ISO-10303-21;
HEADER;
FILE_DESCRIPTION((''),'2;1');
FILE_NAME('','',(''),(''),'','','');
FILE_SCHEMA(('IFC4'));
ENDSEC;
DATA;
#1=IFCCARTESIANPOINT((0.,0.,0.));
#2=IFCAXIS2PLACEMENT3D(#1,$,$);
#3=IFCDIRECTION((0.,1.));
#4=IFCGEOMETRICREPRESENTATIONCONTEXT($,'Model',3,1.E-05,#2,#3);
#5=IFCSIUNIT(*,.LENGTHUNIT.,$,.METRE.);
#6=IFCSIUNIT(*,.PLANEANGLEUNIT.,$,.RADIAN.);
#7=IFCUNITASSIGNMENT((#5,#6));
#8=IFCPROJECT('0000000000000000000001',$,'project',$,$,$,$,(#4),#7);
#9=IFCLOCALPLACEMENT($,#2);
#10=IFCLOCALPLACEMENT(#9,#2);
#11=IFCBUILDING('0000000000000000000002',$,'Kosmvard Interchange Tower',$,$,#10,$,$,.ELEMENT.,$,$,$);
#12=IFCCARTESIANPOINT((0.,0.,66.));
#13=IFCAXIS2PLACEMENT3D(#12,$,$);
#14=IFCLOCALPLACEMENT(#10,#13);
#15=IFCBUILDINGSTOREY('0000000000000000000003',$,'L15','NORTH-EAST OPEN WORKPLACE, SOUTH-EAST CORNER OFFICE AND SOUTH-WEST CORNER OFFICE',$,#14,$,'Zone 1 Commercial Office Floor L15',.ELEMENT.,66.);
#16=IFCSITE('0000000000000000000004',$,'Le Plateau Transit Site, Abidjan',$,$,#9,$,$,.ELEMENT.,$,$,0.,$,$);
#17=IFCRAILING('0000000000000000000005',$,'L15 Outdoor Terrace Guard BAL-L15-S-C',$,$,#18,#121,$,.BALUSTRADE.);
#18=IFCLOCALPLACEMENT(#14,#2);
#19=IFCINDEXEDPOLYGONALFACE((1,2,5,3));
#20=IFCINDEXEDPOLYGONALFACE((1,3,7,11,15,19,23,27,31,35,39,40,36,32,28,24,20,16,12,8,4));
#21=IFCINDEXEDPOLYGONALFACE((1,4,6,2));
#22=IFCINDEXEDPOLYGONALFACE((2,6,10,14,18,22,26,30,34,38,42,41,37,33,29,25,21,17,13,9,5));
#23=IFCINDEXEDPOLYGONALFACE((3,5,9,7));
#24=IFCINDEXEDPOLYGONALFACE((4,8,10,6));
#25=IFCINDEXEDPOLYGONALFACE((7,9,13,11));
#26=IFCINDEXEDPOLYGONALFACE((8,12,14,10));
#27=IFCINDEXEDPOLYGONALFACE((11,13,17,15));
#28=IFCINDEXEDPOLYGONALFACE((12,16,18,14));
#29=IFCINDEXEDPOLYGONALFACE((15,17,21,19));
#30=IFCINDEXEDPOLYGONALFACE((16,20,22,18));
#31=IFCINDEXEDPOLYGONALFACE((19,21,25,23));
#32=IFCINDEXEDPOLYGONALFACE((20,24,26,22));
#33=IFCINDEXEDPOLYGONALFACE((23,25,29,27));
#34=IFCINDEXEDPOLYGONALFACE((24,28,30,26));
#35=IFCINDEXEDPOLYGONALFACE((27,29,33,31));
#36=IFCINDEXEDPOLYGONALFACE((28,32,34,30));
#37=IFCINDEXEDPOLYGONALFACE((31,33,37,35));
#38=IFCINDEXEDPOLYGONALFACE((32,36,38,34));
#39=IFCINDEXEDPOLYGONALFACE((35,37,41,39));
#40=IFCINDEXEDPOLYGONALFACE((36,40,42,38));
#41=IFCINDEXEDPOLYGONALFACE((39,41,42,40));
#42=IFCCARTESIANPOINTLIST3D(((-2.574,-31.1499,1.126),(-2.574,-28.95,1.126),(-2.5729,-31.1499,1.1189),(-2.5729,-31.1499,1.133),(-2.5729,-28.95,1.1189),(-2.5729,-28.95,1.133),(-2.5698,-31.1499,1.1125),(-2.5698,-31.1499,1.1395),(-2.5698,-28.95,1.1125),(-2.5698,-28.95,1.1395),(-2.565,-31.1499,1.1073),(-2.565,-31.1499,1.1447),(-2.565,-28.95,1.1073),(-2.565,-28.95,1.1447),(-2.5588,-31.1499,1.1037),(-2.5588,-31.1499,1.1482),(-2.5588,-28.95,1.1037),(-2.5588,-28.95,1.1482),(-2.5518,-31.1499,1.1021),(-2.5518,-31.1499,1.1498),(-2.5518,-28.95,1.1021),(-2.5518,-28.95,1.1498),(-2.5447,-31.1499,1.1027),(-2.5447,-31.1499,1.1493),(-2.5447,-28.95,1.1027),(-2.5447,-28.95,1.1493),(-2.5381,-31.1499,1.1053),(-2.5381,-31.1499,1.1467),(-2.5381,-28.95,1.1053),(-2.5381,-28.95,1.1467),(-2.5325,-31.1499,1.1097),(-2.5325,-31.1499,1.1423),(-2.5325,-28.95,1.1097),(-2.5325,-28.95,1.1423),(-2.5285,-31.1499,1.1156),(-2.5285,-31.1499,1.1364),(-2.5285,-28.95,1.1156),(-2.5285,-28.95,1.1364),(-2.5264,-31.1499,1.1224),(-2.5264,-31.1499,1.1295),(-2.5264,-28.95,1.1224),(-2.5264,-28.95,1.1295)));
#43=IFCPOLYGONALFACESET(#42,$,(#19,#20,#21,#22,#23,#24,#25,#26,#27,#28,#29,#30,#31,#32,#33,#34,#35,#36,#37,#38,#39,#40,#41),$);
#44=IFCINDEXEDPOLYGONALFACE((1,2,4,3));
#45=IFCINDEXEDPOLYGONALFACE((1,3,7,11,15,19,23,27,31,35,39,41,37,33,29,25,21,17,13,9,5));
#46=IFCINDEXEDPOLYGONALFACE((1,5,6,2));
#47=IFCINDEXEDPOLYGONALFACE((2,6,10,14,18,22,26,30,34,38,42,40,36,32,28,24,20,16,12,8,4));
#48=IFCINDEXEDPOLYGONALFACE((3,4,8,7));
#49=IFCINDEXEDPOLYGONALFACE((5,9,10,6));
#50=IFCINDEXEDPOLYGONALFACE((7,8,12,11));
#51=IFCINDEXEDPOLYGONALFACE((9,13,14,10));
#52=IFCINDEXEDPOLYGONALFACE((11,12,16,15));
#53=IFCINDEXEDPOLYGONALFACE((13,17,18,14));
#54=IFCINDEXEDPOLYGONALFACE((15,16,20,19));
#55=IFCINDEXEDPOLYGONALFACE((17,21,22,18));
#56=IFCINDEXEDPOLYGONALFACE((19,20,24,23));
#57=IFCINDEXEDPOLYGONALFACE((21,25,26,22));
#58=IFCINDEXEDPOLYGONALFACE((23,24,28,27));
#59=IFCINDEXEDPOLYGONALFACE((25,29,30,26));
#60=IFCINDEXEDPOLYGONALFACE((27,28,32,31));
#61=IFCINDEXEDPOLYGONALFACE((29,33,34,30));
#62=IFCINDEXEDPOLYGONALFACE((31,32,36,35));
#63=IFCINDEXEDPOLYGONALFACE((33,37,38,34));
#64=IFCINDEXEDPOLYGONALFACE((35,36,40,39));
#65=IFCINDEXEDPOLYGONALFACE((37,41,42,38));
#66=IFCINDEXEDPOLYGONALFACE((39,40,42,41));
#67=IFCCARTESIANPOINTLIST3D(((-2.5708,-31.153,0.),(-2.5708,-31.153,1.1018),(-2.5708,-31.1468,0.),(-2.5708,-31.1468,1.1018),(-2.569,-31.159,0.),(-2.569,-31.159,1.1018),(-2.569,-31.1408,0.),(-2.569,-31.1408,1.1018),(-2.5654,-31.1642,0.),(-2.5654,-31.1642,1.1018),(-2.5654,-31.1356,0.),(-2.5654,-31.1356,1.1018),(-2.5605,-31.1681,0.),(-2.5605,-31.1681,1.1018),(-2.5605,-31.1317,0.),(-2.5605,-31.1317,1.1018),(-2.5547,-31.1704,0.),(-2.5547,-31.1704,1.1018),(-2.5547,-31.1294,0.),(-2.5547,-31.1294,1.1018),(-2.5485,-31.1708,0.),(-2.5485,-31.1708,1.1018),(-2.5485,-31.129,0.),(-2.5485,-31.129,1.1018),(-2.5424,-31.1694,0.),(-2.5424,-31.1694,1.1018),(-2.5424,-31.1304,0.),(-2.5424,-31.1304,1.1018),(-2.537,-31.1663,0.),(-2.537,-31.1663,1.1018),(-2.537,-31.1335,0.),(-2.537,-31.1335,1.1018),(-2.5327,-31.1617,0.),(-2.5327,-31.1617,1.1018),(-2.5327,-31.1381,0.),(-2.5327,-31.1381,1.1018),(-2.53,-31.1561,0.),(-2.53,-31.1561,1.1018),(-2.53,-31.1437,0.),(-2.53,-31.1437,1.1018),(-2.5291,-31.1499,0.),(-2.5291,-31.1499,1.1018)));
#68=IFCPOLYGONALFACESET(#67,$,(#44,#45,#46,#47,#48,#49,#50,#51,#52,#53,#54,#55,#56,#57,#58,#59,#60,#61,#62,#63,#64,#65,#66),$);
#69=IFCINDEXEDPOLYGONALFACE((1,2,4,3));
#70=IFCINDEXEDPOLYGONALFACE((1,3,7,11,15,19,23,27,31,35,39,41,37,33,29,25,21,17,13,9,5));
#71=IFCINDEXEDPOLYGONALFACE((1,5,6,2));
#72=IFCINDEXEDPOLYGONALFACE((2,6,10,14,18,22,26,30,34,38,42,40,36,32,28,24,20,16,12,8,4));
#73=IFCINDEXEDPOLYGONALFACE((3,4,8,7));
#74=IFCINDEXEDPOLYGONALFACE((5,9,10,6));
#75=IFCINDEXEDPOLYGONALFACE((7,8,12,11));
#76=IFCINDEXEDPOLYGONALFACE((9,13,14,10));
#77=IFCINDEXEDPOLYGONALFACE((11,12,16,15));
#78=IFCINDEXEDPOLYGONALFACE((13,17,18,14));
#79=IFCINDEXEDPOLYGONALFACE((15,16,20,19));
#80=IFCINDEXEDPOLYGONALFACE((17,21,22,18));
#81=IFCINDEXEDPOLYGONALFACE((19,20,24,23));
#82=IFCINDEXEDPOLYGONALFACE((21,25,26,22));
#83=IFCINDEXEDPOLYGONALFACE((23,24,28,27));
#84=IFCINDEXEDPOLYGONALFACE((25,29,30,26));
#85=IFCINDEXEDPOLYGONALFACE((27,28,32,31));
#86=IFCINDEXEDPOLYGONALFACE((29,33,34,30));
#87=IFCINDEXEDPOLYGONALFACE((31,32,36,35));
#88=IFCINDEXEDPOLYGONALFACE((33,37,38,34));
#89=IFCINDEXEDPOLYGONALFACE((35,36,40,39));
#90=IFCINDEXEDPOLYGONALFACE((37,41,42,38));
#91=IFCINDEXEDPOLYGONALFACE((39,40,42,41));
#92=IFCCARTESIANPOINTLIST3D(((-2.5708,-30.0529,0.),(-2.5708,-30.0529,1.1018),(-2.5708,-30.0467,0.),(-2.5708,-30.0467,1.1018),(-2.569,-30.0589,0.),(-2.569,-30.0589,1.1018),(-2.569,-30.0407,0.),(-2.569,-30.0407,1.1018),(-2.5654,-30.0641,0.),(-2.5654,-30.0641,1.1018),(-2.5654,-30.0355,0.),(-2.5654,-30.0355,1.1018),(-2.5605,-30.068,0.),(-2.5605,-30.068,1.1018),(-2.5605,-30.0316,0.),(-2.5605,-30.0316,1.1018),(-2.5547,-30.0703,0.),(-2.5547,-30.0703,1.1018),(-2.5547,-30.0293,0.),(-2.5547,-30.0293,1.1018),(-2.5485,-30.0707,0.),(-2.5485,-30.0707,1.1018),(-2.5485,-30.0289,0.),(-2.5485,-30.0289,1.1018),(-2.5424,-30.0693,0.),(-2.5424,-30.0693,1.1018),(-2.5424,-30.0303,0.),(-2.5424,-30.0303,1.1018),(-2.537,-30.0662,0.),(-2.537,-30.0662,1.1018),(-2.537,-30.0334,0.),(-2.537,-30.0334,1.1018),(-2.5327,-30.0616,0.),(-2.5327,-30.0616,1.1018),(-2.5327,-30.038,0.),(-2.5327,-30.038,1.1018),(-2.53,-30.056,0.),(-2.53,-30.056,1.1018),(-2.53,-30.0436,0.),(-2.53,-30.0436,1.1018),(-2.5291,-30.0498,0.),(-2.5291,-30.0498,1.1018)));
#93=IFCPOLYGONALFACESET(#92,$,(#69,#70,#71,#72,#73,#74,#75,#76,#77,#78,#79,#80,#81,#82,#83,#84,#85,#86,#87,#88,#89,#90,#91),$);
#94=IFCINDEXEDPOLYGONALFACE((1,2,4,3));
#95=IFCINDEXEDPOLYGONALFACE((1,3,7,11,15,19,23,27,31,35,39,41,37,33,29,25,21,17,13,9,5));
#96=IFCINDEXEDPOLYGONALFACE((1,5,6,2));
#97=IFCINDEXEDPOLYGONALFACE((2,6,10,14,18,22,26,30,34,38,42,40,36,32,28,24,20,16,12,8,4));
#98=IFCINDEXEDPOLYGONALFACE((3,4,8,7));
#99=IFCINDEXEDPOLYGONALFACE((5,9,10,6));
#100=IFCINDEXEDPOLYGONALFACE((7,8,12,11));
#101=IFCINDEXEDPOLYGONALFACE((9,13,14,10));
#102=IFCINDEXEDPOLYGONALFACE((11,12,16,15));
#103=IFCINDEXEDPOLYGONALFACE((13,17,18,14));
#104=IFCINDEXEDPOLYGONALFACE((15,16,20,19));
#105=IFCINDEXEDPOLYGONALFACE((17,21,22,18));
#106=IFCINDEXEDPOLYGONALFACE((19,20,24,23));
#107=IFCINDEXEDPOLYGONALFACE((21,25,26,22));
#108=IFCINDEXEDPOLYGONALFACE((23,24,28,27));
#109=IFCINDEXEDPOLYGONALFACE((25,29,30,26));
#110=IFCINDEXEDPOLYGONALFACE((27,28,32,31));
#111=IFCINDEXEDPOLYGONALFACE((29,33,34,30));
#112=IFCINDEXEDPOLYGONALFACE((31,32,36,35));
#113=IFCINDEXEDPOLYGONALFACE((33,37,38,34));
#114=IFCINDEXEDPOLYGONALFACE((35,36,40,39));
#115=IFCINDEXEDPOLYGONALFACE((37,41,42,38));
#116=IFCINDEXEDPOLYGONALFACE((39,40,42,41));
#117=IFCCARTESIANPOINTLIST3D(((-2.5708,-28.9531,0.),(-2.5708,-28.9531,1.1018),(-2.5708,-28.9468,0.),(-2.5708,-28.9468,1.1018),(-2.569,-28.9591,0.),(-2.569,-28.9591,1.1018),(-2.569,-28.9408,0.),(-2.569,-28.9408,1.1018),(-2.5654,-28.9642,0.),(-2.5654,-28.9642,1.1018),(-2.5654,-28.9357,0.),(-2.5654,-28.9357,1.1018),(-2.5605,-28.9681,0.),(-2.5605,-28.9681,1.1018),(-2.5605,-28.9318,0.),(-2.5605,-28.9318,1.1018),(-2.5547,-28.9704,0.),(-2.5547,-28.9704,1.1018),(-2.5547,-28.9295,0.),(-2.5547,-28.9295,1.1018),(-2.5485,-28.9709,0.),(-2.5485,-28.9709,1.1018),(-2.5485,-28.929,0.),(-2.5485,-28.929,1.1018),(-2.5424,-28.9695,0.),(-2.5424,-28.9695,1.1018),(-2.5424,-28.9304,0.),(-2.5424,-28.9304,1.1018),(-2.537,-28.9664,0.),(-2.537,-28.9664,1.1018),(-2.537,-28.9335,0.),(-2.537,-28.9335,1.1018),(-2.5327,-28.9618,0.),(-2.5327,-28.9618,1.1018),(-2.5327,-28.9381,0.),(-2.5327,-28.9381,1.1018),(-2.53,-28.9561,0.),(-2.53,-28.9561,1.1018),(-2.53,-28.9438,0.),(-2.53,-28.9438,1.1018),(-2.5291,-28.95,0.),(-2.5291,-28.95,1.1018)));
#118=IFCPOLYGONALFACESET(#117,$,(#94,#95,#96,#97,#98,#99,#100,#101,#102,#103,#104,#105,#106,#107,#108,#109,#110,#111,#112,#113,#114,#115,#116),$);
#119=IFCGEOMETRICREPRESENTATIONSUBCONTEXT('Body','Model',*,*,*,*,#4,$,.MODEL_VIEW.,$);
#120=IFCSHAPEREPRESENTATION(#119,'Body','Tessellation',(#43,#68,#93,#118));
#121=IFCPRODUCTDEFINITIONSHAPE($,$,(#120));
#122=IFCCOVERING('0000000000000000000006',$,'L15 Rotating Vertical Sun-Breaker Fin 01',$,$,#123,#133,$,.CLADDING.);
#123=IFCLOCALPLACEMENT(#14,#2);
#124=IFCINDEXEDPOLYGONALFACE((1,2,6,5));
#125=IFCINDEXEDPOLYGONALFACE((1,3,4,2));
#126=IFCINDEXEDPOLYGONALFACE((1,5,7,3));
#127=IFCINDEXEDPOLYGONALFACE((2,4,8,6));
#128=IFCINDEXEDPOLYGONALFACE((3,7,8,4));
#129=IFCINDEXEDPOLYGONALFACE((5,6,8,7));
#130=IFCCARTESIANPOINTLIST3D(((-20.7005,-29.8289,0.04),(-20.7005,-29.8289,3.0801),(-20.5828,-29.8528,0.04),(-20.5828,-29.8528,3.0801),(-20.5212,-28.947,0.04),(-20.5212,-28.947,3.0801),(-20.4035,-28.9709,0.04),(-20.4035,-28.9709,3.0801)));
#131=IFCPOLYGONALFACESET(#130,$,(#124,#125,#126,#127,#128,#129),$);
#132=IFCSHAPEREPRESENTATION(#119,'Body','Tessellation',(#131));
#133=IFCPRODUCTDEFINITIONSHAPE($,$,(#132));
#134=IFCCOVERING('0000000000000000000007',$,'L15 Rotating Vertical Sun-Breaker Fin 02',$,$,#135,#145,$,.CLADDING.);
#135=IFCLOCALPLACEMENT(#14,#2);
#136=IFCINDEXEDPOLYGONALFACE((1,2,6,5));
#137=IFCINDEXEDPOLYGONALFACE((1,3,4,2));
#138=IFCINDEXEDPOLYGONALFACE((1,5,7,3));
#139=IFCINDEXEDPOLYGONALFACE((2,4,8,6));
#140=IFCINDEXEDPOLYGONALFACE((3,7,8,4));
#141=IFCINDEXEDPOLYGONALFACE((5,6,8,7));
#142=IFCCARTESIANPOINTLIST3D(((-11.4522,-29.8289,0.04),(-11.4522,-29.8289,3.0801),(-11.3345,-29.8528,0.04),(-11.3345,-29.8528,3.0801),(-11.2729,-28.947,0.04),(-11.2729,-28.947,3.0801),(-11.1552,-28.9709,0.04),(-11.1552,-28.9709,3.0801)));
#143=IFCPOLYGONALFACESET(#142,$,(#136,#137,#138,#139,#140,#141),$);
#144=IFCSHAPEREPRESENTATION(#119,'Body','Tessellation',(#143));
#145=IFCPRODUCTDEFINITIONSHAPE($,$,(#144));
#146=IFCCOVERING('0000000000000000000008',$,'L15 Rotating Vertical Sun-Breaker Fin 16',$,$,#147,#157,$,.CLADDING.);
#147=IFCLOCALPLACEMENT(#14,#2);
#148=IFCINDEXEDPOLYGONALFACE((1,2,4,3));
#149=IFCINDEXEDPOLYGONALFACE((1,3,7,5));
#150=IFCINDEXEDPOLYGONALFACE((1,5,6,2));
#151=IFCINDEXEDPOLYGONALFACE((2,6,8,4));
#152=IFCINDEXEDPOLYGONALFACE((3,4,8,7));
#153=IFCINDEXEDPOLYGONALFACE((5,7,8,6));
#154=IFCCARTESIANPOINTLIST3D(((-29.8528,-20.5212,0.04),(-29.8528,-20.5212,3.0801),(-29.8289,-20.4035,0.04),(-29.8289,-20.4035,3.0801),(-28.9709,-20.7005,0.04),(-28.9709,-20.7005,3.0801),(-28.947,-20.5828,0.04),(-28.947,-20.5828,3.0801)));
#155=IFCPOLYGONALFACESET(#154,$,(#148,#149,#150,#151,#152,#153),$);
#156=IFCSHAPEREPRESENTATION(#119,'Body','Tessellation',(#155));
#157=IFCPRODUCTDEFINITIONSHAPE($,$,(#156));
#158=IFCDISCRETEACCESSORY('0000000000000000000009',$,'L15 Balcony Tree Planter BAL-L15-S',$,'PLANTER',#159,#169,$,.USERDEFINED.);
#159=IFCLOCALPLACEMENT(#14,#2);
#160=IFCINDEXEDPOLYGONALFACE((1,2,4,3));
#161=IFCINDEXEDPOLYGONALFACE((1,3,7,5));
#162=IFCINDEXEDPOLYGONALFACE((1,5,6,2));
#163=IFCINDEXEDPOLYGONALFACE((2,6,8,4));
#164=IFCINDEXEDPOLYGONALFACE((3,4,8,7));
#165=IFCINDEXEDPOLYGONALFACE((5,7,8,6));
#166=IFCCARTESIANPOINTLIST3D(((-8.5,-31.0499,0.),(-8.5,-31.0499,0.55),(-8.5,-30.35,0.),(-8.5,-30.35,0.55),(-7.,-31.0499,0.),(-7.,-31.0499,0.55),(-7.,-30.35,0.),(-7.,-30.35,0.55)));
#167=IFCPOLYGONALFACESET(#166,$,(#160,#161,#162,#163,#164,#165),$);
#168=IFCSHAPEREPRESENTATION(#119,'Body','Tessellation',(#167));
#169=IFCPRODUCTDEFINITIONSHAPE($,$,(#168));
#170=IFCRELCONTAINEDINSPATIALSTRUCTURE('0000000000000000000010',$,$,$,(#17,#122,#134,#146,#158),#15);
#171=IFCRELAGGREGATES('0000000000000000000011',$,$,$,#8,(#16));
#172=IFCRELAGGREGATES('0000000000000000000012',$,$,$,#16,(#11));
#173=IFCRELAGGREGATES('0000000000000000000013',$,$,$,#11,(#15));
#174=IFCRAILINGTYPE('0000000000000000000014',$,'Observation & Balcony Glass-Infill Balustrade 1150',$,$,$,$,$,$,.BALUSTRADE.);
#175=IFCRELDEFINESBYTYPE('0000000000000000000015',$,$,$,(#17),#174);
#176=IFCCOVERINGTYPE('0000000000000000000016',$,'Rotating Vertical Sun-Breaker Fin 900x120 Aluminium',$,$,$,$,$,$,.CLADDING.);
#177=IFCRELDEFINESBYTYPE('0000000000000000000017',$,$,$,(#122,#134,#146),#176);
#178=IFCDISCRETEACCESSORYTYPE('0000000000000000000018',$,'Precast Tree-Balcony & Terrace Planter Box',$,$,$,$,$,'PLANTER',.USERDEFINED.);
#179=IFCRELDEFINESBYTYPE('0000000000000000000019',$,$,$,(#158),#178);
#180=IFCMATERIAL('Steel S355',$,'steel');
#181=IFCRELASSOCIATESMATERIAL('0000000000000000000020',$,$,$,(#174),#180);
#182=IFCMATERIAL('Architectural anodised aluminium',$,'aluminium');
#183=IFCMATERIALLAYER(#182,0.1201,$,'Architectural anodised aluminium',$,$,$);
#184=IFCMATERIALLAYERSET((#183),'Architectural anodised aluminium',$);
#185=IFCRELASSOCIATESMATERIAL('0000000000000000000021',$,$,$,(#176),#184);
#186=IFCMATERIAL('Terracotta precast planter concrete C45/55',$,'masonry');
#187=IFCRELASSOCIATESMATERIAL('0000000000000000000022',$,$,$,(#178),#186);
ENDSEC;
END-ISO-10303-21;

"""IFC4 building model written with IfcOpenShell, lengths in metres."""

from ifc_helpers import new_model, si_unit, direction, frame, origin, origin_2d, place, context, subcontext, project, spatial, rectangle, circle, extrude, source, transform, mapped, material, layer, layer_set, type_object, element, save


model = new_model("IFC4")

# Units and contexts
model_context = context("Model", 3, precision=1e-05, world=origin(), true_north=direction((0.0, 1.0)))
body_context = subcontext(model_context, "Body", "Model", "MODEL_VIEW")
ifc_project = project(units=[si_unit("LENGTHUNIT", "METRE"), si_unit("PLANEANGLEUNIT", "RADIAN")], contexts=[model_context])

# Site, building, storey
site_placement = place(None, origin())
site = spatial("IfcSite", under=ifc_project, at=site_placement, Name="Le Plateau Transit Site, Abidjan", CompositionType="ELEMENT", RefElevation=0.0)
building_placement = place(site_placement, origin())
building = spatial("IfcBuilding", under=site, at=building_placement, Name="Kosmvard Interchange Tower", CompositionType="ELEMENT")
storey_placement = place(building_placement, frame((0.0, 0.0, 66.0)))
storey = spatial("IfcBuildingStorey", under=building, at=storey_placement, Name="L15", Description="NORTH-EAST OPEN WORKPLACE, SOUTH-EAST CORNER OFFICE AND SOUTH-WEST CORNER OFFICE", LongName="Zone 1 Commercial Office Floor L15", CompositionType="ELEMENT", Elevation=66.0)

# Shared definitions
ifc_material_1 = material(Name="Steel S355", Category="steel")

# Railing
railing_type = type_object("IfcRailingType", Name="Observation & Balcony Glass-Infill Balustrade 1150", PredefinedType="BALUSTRADE", material=ifc_material_1)
shared_shape_1 = source(origin(), body_context, "Body", "SweptSolid", [
    extrude(circle(Radius=0.0239, at=origin_2d()), frame((0.0, 0.0, 1.126), z_axis=(0.0, 1.0, 0.0), x_axis=(-1.0, 0.0, 0.0)), (0.0, 0.0, 1.0), 2.2),
    extrude(circle(Radius=0.021, at=origin_2d()), origin(), (0.0, 0.0, 1.0), 1.1018),
    extrude(circle(Radius=0.021, at=origin_2d()), frame((0.0, 1.1001, 0.0)), (0.0, 0.0, 1.0), 1.1018),
    extrude(circle(Radius=0.021, at=origin_2d()), frame((0.0, 2.2, 0.0)), (0.0, 0.0, 1.0), 1.1018),
])
railing_1_placement = place(storey_placement, frame((-2.55, -31.1499, 0.0)))
element("IfcRailing", 1, at=railing_1_placement, inside=storey, type_object=railing_type, Name="L15 Outdoor Terrace Guard BAL-L15-S-C", PredefinedType="BALUSTRADE", context=body_context, shape_type="MappedRepresentation", body=[
    mapped(shared_shape_1, transform((0.0, 0.0, 0.0), scale=1.0)),
])

# Coverings
ifc_material_2 = material(Name="Architectural anodised aluminium", Category="aluminium")
ifc_layer_1 = layer(ifc_material_2, 0.1201, Name="Architectural anodised aluminium")
ifc_layer_set_1 = layer_set([ifc_layer_1], Name="Architectural anodised aluminium")
covering_type = type_object("IfcCoveringType", Name="Rotating Vertical Sun-Breaker Fin 900x120 Aluminium", PredefinedType="CLADDING", material=ifc_layer_set_1)
shared_shape_2 = source(origin(), body_context, "Body", "SweptSolid", [
    extrude(rectangle(XDim=0.8999, YDim=0.1201, at=origin_2d()), origin(), (0.0, 0.0, 1.0), 3.04),
])
for number, where, z_axis, x_axis, name in (
    (2, (-20.552, -29.3999, 0.04), (0.0, 0.0, 1.0), (-0.199197, -0.979959, 0.0), "L15 Rotating Vertical Sun-Breaker Fin 01"),
    (3, (-11.3037, -29.3999, 0.04), (0.0, 0.0, 1.0), (-0.199197, -0.979959, 0.0), "L15 Rotating Vertical Sun-Breaker Fin 02"),
    (4, (-29.3999, -20.552, 0.04), (0.0, 0.0, 1.0), (-0.979959, 0.199197, 0.0), "L15 Rotating Vertical Sun-Breaker Fin 16"),
):
    element("IfcCovering", number, at=place(storey_placement, frame(where, z_axis=z_axis, x_axis=x_axis)), inside=storey, type_object=covering_type, Name=name, PredefinedType="CLADDING", context=body_context, shape_type="MappedRepresentation", body=[
        mapped(shared_shape_2, transform((0.0, 0.0, 0.0), scale=1.0)),
    ])

# Discrete accessory
ifc_material_3 = material(Name="Terracotta precast planter concrete C45/55", Category="masonry")
discrete_accessory_type = type_object("IfcDiscreteAccessoryType", Name="Precast Tree-Balcony & Terrace Planter Box", ElementType="PLANTER", PredefinedType="USERDEFINED", material=ifc_material_3)
shared_shape_3 = source(origin(), body_context, "Body", "SweptSolid", [
    extrude(rectangle(XDim=1.5, YDim=0.7, at=origin_2d()), origin(), (0.0, 0.0, 1.0), 0.55),
])
discrete_accessory_placement = place(storey_placement, frame((-7.75, -30.7, 0.0), z_axis=(0.0, 0.0, 1.0), x_axis=(1.0, 0.0, 0.0)))
element("IfcDiscreteAccessory", 5, at=discrete_accessory_placement, inside=storey, type_object=discrete_accessory_type, Name="L15 Balcony Tree Planter BAL-L15-S", ObjectType="PLANTER", PredefinedType="USERDEFINED", context=body_context, shape_type="MappedRepresentation", body=[
    mapped(shared_shape_3, transform((0.0, 0.0, 0.0), scale=1.0)),
])

save(model, "model.ifc")
